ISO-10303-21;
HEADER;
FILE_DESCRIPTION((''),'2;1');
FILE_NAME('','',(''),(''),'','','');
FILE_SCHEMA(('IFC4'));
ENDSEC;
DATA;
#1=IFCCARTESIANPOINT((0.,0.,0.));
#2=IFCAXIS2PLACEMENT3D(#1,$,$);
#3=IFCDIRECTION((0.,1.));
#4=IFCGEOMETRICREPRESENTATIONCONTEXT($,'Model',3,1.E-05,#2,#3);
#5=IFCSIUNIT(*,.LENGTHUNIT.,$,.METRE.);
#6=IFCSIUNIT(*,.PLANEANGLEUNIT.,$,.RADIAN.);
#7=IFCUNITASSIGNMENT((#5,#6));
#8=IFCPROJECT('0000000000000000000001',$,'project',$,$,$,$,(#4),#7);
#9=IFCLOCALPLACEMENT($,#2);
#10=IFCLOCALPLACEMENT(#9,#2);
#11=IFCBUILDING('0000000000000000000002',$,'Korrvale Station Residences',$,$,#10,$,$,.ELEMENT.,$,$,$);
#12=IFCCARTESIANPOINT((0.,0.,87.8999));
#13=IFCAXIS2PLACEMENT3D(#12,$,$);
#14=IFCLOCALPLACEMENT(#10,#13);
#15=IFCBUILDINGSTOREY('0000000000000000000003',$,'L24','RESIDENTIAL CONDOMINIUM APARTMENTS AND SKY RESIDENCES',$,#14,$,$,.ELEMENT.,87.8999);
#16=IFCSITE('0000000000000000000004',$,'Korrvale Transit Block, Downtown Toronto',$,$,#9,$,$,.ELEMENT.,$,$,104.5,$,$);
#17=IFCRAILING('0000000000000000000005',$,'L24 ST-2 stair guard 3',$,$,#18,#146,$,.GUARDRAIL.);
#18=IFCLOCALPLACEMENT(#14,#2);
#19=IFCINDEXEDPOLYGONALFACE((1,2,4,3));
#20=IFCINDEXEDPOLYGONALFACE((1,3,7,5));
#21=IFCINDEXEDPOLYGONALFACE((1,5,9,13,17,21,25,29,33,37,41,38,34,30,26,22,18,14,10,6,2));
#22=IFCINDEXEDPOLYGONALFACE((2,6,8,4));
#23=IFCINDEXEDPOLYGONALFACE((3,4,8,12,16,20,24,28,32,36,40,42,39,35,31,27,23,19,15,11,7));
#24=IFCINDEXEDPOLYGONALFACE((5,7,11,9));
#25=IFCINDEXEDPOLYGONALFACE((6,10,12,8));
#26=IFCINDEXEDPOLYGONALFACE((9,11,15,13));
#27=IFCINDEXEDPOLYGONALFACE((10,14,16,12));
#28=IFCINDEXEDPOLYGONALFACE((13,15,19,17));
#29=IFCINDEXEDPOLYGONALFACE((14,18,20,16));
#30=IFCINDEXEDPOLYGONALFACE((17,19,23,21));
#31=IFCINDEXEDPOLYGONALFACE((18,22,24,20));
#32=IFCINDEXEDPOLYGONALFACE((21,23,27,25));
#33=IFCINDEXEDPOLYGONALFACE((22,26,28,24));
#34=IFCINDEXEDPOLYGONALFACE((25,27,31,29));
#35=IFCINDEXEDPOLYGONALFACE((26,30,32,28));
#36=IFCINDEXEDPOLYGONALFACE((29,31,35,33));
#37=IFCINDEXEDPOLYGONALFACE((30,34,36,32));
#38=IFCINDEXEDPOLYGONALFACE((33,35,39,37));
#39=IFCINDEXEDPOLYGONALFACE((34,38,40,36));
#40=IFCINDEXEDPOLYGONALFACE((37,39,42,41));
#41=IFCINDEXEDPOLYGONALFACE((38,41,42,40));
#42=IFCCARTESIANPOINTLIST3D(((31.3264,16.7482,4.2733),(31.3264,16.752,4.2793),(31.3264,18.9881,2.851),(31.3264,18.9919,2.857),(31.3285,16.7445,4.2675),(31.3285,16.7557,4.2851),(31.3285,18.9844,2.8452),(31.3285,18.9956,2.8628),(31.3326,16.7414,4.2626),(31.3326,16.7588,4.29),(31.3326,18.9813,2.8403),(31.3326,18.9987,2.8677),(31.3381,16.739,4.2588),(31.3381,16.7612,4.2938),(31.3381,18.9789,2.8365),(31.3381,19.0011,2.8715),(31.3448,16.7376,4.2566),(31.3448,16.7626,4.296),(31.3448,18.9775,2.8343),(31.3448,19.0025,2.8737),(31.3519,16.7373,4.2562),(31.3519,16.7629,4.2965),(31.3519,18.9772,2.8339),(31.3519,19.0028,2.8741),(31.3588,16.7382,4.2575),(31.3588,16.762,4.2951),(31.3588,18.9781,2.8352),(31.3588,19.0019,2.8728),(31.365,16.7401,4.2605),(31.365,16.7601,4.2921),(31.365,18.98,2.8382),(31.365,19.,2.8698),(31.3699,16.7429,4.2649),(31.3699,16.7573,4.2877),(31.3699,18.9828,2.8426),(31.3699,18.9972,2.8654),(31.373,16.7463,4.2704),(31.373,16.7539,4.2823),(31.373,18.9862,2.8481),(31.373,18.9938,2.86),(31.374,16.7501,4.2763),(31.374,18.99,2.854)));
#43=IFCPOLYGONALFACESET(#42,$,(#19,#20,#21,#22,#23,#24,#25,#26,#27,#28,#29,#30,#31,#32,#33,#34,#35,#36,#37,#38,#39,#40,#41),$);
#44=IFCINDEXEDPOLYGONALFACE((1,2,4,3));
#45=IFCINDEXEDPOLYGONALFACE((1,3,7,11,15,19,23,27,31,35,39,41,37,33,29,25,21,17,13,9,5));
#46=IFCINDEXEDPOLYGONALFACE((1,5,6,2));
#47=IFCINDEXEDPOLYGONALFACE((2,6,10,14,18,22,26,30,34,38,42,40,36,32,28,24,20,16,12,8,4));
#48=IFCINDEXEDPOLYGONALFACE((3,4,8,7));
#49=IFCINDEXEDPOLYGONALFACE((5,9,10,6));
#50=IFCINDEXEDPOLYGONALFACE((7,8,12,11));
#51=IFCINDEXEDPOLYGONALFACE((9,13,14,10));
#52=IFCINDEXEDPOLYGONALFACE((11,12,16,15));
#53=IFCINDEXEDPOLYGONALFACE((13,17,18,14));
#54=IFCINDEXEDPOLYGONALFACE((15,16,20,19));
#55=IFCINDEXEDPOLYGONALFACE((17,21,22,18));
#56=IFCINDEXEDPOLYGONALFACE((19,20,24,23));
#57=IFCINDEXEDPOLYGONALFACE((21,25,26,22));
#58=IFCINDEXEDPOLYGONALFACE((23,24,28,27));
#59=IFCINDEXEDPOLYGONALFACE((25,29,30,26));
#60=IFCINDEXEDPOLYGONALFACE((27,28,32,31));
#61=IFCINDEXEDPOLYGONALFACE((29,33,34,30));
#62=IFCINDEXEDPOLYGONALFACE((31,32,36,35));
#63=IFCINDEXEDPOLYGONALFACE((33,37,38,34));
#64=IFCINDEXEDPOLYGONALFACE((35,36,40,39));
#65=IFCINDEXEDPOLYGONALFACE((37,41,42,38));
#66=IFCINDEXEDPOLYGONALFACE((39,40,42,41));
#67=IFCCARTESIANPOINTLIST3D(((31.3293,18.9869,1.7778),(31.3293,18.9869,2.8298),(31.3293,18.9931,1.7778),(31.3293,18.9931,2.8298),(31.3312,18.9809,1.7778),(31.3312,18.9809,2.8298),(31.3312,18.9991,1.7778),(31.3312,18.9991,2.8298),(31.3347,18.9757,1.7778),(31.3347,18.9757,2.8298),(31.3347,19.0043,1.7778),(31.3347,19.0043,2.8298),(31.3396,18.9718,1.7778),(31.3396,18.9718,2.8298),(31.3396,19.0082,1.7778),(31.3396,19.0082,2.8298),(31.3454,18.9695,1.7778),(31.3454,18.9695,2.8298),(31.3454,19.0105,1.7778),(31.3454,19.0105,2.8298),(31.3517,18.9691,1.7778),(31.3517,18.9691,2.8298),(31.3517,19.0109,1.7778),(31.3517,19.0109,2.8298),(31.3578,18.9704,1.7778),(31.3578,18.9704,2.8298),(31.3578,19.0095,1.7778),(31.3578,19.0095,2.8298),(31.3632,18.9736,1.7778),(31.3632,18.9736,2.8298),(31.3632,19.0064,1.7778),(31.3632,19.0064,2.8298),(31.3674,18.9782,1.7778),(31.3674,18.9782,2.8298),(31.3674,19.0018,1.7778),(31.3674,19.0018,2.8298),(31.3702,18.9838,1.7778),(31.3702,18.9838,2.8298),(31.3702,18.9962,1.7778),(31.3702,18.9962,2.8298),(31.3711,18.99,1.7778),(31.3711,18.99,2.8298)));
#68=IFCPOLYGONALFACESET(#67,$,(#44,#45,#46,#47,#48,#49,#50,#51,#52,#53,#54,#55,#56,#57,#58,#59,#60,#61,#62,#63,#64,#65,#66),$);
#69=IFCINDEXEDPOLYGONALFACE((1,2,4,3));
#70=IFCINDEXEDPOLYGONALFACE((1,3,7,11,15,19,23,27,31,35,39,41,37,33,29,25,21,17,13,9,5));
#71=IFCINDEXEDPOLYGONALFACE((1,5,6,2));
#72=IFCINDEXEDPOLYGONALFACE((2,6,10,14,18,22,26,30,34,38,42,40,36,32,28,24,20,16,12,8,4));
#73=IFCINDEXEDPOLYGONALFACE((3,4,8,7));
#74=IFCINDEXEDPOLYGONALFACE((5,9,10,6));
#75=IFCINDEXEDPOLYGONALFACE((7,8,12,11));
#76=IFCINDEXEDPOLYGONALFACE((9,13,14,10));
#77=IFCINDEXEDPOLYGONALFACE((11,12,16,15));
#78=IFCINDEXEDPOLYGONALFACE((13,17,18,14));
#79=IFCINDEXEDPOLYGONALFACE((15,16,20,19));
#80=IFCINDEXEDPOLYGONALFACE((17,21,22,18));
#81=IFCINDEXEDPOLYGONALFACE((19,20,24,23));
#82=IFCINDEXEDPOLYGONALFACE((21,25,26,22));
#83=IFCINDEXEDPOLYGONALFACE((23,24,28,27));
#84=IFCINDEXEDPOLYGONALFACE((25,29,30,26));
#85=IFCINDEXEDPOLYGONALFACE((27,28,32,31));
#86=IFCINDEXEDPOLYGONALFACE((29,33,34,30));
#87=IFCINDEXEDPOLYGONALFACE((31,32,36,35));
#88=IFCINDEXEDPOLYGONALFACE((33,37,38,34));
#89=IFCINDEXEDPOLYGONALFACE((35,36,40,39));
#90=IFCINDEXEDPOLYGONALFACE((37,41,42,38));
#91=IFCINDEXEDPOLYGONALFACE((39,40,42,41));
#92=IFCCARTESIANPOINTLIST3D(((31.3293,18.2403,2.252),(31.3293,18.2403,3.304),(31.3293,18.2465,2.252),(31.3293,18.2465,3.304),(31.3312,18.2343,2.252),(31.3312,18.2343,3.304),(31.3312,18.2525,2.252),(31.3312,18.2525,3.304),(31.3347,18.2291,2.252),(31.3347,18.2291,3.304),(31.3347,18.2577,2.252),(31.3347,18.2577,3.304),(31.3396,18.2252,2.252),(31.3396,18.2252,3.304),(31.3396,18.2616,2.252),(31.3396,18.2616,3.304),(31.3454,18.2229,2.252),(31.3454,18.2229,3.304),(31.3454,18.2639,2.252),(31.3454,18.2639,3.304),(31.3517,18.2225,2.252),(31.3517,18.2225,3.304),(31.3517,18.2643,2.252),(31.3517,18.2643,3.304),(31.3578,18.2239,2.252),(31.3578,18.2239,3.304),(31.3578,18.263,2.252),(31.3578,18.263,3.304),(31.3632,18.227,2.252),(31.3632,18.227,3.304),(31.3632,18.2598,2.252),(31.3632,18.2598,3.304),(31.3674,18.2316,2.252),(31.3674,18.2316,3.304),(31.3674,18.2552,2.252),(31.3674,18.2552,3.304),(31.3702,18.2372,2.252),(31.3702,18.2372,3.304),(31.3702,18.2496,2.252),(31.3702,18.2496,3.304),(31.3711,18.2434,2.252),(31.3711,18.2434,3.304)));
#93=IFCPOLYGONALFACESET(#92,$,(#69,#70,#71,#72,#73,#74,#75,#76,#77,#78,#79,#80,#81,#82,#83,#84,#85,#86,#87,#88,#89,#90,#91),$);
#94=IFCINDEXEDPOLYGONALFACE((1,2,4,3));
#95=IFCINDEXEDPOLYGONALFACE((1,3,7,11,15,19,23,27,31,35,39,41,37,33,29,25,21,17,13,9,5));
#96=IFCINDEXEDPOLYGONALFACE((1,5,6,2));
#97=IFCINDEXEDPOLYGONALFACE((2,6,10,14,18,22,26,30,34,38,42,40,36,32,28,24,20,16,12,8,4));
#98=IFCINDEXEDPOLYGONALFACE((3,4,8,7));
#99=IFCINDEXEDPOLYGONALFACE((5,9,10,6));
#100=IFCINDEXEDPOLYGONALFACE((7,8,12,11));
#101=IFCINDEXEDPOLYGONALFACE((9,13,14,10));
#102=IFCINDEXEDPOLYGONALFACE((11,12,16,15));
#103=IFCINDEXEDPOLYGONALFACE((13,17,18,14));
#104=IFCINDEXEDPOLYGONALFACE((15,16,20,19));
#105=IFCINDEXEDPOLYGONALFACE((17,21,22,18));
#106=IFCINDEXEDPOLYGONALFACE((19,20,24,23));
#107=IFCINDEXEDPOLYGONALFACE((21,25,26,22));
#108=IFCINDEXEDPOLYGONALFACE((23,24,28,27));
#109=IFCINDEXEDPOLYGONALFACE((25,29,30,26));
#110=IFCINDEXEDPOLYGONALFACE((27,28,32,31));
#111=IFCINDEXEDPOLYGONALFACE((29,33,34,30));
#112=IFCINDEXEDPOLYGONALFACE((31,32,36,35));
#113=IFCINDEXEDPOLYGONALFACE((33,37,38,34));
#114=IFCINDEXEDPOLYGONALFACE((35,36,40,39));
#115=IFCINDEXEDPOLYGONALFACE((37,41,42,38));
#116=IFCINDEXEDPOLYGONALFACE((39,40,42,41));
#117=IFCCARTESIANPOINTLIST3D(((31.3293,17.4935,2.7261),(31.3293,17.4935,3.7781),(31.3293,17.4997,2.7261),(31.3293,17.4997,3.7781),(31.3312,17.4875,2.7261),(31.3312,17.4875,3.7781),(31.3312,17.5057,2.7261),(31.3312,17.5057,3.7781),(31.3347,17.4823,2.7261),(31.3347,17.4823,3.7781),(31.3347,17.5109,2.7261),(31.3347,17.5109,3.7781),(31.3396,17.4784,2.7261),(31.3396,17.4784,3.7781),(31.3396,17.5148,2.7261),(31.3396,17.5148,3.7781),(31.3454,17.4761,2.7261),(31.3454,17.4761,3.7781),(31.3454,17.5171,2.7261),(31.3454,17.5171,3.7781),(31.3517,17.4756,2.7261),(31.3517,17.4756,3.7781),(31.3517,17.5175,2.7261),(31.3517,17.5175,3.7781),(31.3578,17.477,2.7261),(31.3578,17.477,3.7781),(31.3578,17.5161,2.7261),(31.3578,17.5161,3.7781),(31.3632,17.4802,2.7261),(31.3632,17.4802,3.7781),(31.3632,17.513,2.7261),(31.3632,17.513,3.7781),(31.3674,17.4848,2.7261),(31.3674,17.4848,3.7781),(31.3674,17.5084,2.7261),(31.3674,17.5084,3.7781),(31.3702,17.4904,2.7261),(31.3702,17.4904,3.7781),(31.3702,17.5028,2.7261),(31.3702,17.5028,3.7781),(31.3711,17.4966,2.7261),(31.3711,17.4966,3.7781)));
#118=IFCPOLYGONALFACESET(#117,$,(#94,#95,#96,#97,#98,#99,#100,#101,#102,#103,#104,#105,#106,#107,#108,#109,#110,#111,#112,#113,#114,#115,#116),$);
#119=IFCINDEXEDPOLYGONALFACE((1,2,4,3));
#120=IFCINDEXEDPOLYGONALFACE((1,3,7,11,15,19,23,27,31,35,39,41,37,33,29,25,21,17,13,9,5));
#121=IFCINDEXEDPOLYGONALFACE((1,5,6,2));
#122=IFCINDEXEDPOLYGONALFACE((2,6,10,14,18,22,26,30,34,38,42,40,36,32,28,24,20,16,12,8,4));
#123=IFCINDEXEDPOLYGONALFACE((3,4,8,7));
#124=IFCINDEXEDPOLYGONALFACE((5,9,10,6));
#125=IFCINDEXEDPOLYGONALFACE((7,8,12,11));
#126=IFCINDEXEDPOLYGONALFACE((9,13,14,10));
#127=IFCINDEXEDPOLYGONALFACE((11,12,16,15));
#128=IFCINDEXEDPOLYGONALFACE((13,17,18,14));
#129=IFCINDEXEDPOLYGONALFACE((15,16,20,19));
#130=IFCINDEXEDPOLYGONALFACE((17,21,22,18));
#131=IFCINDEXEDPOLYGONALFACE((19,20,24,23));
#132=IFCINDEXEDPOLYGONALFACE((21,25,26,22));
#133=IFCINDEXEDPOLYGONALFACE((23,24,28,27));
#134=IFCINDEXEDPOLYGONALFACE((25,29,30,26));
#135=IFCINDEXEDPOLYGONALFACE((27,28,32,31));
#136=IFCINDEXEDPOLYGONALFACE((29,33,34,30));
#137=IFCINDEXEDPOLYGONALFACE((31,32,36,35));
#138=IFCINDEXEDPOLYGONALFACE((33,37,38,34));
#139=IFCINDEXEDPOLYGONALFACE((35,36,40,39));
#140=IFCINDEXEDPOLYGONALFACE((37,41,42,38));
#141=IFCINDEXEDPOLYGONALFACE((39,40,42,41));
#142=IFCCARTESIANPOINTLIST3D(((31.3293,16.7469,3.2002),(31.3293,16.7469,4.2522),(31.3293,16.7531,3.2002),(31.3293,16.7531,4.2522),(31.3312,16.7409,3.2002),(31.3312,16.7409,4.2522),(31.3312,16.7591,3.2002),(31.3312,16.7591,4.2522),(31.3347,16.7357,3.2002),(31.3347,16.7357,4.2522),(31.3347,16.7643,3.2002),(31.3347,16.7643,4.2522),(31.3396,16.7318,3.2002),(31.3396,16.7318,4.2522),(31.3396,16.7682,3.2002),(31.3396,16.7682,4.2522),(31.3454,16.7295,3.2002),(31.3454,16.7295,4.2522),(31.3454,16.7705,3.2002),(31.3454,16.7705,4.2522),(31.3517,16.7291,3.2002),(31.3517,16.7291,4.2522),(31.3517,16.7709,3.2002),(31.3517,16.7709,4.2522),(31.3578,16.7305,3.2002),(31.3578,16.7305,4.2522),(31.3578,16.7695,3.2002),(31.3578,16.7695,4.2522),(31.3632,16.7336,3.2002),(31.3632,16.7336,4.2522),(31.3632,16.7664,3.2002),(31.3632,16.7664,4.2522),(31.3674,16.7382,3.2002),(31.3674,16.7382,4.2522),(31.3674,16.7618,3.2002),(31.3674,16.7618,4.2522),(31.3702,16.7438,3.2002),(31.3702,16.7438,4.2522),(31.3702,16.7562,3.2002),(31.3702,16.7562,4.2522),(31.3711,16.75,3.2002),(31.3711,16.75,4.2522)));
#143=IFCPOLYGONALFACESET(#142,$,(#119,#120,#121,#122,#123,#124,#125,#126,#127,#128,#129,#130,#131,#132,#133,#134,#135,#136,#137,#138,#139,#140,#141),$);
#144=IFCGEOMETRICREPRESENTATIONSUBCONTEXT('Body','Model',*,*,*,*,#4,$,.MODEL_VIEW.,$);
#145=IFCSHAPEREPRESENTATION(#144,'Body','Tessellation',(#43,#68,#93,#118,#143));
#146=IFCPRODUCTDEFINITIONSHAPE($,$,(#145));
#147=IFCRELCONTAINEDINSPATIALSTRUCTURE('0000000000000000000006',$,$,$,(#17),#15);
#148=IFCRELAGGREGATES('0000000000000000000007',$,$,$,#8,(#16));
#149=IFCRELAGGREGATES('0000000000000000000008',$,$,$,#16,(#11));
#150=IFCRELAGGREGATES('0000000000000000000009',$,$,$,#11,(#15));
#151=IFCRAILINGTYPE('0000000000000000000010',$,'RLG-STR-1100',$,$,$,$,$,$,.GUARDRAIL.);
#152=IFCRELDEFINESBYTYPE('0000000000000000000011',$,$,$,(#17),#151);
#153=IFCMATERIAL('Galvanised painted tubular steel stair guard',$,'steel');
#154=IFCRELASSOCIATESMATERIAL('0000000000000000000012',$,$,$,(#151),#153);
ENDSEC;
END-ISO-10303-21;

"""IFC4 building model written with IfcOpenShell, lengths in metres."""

from ifc_helpers import new_model, si_unit, direction, frame, origin, origin_2d, place, context, subcontext, project, spatial, circle, extrude, material, type_object, element, save


model = new_model("IFC4")

# Units and contexts
model_context = context("Model", 3, precision=1e-05, world=origin(), true_north=direction((0.0, 1.0)))
body_context = subcontext(model_context, "Body", "Model", "MODEL_VIEW")
ifc_project = project(units=[si_unit("LENGTHUNIT", "METRE"), si_unit("PLANEANGLEUNIT", "RADIAN")], contexts=[model_context])

# Site, building, storey
site_placement = place(None, origin())
site = spatial("IfcSite", under=ifc_project, at=site_placement, Name="Korrvale Transit Block, Downtown Toronto", CompositionType="ELEMENT", RefElevation=104.5)
building_placement = place(site_placement, origin())
building = spatial("IfcBuilding", under=site, at=building_placement, Name="Korrvale Station Residences", CompositionType="ELEMENT")
storey_placement = place(building_placement, frame((0.0, 0.0, 87.8999)))
storey = spatial("IfcBuildingStorey", under=building, at=storey_placement, Name="L24", Description="RESIDENTIAL CONDOMINIUM APARTMENTS AND SKY RESIDENCES", CompositionType="ELEMENT", Elevation=87.8999)

# Railing
ifc_material_1 = material(Name="Galvanised painted tubular steel stair guard", Category="steel")
railing_type_1 = type_object("IfcRailingType", Name="RLG-STR-1100", PredefinedType="GUARDRAIL", material=ifc_material_1)
railing_1_placement = place(storey_placement, frame((31.3501, 18.99, 1.7778)))
element("IfcRailing", 1, at=railing_1_placement, inside=storey, type_object=railing_type_1, Name="L24 ST-2 stair guard 3", PredefinedType="GUARDRAIL", context=body_context, shape_type="SweptSolid", body=[
    extrude(circle(Radius=0.0239, at=origin_2d()), frame((0.0, 0.0, 1.0762), z_axis=(0.0, -0.844188, 0.536048), x_axis=(1.0, 0.0, 0.0)), (0.0, 0.0, 1.0), 2.6533),
    extrude(circle(Radius=0.021, at=origin_2d()), origin(), (0.0, 0.0, 1.0), 1.052),
    extrude(circle(Radius=0.021, at=origin_2d()), frame((0.0, -0.7466, 0.4741)), (0.0, 0.0, 1.0), 1.052),
    extrude(circle(Radius=0.021, at=origin_2d()), frame((0.0, -1.4934, 0.9482)), (0.0, 0.0, 1.0), 1.052),
    extrude(circle(Radius=0.021, at=origin_2d()), frame((0.0, -2.24, 1.4224)), (0.0, 0.0, 1.0), 1.052),
])

save(model, "model.ifc")
